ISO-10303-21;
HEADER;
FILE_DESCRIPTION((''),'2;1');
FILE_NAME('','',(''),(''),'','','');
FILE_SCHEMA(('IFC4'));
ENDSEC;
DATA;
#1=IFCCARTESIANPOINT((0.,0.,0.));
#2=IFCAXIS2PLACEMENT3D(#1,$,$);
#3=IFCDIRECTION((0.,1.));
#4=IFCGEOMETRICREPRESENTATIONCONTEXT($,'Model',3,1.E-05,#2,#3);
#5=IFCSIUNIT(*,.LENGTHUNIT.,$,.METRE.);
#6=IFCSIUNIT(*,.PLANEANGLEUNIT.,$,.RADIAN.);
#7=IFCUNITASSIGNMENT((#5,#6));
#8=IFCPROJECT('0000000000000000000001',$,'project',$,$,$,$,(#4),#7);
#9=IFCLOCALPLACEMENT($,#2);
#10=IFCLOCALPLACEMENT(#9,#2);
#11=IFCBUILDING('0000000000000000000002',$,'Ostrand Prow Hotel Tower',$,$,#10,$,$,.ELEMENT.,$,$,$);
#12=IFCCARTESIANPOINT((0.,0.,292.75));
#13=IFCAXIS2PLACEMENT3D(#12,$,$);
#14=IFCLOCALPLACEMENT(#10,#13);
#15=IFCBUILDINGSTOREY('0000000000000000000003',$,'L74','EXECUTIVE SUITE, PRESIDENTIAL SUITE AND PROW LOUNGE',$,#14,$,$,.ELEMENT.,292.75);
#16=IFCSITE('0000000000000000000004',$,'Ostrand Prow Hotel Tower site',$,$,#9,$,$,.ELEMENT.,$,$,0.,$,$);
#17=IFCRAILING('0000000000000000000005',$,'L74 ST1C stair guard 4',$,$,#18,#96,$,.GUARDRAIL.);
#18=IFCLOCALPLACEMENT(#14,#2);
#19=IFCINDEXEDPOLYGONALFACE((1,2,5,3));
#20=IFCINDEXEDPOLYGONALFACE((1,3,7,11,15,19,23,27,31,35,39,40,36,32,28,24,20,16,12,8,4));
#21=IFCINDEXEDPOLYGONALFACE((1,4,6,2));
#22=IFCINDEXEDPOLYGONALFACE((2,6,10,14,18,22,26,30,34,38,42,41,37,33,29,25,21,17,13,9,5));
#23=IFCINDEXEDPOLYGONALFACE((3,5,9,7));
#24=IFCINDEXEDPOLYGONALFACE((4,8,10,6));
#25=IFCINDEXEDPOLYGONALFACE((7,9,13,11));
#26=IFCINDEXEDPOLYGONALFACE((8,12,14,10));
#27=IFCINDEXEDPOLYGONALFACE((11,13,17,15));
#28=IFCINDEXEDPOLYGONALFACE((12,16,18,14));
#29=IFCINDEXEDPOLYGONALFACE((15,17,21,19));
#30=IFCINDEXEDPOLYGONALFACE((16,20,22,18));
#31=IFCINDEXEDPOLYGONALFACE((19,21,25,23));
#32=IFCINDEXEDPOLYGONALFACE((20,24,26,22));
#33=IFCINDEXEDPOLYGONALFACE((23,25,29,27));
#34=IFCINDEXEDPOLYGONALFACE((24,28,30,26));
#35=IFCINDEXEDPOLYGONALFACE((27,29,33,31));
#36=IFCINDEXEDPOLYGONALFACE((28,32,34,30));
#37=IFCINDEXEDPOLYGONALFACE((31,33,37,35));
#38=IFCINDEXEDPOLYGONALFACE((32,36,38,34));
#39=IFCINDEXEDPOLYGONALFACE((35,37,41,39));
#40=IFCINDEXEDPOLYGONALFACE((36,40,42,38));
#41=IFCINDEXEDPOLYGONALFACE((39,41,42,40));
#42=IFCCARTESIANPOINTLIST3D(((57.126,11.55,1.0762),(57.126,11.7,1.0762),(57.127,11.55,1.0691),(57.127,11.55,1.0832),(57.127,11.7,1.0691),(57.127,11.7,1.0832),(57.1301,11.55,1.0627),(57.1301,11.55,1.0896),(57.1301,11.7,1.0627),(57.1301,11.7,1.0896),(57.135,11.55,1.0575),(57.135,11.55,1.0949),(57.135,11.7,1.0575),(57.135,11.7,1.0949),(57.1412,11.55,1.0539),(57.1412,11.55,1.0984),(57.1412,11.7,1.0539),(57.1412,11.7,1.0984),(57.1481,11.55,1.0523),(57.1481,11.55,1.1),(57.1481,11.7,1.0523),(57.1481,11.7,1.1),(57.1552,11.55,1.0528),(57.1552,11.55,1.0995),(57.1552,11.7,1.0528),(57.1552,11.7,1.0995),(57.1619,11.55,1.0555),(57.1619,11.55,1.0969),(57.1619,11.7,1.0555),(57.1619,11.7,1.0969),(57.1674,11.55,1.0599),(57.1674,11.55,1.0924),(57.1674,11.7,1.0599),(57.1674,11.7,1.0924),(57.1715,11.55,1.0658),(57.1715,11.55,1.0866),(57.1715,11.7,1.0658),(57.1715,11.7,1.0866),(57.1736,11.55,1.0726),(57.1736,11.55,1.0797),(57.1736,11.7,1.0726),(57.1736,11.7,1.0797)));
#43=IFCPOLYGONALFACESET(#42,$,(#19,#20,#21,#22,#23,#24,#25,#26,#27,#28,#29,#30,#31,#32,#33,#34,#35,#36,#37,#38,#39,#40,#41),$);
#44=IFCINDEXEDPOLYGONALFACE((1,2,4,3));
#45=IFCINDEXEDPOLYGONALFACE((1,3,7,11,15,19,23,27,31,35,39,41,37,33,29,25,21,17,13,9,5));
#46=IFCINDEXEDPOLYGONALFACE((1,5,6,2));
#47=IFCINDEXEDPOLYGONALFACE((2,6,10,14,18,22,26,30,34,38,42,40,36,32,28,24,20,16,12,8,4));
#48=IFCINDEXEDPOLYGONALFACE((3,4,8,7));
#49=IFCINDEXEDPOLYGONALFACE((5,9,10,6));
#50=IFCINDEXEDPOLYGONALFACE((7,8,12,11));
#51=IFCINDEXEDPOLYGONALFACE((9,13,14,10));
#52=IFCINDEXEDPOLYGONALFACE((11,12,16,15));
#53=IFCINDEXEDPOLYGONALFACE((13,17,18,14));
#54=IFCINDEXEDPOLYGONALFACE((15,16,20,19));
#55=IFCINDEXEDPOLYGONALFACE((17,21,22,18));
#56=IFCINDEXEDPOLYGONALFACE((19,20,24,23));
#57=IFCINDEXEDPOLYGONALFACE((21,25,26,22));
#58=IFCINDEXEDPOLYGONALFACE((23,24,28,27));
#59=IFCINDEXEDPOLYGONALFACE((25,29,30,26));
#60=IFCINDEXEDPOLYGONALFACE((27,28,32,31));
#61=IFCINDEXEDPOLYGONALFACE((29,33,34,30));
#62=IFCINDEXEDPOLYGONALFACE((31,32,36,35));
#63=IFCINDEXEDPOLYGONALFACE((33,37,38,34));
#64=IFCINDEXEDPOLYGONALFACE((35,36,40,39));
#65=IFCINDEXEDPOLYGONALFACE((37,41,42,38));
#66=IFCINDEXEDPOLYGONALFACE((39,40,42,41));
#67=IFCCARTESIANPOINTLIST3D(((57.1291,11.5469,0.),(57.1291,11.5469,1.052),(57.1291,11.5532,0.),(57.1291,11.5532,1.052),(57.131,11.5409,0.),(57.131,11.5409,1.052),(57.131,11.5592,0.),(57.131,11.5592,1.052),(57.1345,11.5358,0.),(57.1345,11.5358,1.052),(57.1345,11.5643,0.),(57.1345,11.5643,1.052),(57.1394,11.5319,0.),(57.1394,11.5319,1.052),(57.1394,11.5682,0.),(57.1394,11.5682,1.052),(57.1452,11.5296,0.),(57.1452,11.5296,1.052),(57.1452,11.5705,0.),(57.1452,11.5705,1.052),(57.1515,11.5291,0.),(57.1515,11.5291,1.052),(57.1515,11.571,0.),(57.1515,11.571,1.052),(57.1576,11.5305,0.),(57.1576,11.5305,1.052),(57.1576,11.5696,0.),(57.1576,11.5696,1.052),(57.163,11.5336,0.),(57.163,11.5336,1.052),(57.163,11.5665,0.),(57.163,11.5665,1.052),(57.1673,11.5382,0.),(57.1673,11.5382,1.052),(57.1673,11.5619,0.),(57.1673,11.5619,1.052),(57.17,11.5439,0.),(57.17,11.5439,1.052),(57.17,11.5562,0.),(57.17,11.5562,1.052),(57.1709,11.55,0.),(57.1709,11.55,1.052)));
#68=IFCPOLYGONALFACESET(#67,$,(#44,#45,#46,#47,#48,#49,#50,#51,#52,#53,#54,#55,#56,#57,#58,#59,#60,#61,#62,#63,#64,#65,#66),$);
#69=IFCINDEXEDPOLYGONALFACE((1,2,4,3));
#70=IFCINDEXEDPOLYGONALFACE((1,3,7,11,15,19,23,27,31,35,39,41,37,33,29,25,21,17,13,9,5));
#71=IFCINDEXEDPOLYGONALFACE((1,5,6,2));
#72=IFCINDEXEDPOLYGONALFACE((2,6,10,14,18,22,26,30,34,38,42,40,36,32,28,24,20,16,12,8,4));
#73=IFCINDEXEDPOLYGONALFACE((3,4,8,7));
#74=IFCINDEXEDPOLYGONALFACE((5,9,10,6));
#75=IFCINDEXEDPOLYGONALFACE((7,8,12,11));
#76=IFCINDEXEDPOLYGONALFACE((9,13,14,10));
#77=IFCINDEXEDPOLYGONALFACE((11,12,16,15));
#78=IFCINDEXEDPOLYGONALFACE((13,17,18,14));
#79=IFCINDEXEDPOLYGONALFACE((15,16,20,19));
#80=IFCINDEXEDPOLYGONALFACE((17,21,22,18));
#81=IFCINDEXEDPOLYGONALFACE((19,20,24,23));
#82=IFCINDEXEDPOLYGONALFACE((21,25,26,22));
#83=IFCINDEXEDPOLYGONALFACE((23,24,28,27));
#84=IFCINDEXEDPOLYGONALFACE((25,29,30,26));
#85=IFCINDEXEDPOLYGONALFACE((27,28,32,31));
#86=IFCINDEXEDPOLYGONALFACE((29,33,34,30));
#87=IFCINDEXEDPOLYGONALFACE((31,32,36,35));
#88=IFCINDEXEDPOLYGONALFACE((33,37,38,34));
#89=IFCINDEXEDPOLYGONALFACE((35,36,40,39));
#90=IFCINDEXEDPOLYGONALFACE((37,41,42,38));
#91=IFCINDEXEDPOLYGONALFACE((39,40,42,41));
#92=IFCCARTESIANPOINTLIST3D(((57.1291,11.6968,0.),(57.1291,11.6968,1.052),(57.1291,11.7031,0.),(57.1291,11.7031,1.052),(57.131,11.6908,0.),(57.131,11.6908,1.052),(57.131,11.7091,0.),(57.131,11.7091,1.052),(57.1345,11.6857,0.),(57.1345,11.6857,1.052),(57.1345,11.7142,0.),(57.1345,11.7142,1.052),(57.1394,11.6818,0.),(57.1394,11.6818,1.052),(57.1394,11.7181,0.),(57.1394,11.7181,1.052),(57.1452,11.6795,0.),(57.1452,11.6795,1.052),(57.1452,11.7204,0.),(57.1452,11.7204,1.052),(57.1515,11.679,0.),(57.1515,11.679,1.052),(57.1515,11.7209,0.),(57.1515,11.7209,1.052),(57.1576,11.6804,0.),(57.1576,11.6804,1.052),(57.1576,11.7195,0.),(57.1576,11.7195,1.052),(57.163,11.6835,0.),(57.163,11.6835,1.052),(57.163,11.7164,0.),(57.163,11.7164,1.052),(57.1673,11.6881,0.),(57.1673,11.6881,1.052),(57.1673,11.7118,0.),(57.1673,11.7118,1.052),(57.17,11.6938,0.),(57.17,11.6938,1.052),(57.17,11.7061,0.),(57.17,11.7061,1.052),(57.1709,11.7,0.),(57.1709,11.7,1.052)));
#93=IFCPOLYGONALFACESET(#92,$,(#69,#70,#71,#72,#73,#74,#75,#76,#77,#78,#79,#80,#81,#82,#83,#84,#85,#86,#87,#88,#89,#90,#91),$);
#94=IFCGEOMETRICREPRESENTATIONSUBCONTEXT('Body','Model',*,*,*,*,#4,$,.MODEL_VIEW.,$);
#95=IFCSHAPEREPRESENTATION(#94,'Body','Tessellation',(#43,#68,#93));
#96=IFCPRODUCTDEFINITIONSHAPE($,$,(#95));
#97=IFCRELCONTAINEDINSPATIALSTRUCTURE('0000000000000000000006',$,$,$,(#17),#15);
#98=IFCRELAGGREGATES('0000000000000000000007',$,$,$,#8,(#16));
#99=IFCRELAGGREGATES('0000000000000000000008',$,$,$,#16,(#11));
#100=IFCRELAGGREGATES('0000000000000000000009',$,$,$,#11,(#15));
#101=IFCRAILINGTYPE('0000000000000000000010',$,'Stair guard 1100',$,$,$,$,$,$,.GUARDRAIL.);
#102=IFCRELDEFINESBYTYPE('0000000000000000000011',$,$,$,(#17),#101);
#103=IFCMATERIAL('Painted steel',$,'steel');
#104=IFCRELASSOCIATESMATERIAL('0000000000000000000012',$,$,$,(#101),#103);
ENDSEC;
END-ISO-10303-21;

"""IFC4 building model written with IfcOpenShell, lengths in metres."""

from ifc_helpers import new_model, si_unit, direction, frame, origin, origin_2d, place, context, subcontext, project, spatial, circle, extrude, material, type_object, element, save


model = new_model("IFC4")

# Units and contexts
model_context = context("Model", 3, precision=1e-05, world=origin(), true_north=direction((0.0, 1.0)))
body_context = subcontext(model_context, "Body", "Model", "MODEL_VIEW")
ifc_project = project(units=[si_unit("LENGTHUNIT", "METRE"), si_unit("PLANEANGLEUNIT", "RADIAN")], contexts=[model_context])

# Site, building, storey
site_placement = place(None, origin())
site = spatial("IfcSite", under=ifc_project, at=site_placement, Name="Ostrand Prow Hotel Tower site", CompositionType="ELEMENT", RefElevation=0.0)
building_placement = place(site_placement, origin())
building = spatial("IfcBuilding", under=site, at=building_placement, Name="Ostrand Prow Hotel Tower", CompositionType="ELEMENT")
storey_placement = place(building_placement, frame((0.0, 0.0, 292.75)))
storey = spatial("IfcBuildingStorey", under=building, at=storey_placement, Name="L74", Description="EXECUTIVE SUITE, PRESIDENTIAL SUITE AND PROW LOUNGE", CompositionType="ELEMENT", Elevation=292.75)

# Railing
ifc_material_1 = material(Name="Painted steel", Category="steel")
railing_type_1 = type_object("IfcRailingType", Name="Stair guard 1100", PredefinedType="GUARDRAIL", material=ifc_material_1)
railing_1_placement = place(storey_placement, frame((57.1499, 11.55, 0.0)))
element("IfcRailing", 1, at=railing_1_placement, inside=storey, type_object=railing_type_1, Name="L74 ST1C stair guard 4", PredefinedType="GUARDRAIL", context=body_context, shape_type="SweptSolid", body=[
    extrude(circle(Radius=0.0239, at=origin_2d()), frame((0.0, 0.0, 1.0762), z_axis=(0.0, 1.0, 0.0), x_axis=(-1.0, 0.0, 0.0)), (0.0, 0.0, 1.0), 0.1499),
    extrude(circle(Radius=0.021, at=origin_2d()), origin(), (0.0, 0.0, 1.0), 1.052),
    extrude(circle(Radius=0.021, at=origin_2d()), frame((0.0, 0.1499, 0.0)), (0.0, 0.0, 1.0), 1.052),
])

save(model, "model.ifc")
